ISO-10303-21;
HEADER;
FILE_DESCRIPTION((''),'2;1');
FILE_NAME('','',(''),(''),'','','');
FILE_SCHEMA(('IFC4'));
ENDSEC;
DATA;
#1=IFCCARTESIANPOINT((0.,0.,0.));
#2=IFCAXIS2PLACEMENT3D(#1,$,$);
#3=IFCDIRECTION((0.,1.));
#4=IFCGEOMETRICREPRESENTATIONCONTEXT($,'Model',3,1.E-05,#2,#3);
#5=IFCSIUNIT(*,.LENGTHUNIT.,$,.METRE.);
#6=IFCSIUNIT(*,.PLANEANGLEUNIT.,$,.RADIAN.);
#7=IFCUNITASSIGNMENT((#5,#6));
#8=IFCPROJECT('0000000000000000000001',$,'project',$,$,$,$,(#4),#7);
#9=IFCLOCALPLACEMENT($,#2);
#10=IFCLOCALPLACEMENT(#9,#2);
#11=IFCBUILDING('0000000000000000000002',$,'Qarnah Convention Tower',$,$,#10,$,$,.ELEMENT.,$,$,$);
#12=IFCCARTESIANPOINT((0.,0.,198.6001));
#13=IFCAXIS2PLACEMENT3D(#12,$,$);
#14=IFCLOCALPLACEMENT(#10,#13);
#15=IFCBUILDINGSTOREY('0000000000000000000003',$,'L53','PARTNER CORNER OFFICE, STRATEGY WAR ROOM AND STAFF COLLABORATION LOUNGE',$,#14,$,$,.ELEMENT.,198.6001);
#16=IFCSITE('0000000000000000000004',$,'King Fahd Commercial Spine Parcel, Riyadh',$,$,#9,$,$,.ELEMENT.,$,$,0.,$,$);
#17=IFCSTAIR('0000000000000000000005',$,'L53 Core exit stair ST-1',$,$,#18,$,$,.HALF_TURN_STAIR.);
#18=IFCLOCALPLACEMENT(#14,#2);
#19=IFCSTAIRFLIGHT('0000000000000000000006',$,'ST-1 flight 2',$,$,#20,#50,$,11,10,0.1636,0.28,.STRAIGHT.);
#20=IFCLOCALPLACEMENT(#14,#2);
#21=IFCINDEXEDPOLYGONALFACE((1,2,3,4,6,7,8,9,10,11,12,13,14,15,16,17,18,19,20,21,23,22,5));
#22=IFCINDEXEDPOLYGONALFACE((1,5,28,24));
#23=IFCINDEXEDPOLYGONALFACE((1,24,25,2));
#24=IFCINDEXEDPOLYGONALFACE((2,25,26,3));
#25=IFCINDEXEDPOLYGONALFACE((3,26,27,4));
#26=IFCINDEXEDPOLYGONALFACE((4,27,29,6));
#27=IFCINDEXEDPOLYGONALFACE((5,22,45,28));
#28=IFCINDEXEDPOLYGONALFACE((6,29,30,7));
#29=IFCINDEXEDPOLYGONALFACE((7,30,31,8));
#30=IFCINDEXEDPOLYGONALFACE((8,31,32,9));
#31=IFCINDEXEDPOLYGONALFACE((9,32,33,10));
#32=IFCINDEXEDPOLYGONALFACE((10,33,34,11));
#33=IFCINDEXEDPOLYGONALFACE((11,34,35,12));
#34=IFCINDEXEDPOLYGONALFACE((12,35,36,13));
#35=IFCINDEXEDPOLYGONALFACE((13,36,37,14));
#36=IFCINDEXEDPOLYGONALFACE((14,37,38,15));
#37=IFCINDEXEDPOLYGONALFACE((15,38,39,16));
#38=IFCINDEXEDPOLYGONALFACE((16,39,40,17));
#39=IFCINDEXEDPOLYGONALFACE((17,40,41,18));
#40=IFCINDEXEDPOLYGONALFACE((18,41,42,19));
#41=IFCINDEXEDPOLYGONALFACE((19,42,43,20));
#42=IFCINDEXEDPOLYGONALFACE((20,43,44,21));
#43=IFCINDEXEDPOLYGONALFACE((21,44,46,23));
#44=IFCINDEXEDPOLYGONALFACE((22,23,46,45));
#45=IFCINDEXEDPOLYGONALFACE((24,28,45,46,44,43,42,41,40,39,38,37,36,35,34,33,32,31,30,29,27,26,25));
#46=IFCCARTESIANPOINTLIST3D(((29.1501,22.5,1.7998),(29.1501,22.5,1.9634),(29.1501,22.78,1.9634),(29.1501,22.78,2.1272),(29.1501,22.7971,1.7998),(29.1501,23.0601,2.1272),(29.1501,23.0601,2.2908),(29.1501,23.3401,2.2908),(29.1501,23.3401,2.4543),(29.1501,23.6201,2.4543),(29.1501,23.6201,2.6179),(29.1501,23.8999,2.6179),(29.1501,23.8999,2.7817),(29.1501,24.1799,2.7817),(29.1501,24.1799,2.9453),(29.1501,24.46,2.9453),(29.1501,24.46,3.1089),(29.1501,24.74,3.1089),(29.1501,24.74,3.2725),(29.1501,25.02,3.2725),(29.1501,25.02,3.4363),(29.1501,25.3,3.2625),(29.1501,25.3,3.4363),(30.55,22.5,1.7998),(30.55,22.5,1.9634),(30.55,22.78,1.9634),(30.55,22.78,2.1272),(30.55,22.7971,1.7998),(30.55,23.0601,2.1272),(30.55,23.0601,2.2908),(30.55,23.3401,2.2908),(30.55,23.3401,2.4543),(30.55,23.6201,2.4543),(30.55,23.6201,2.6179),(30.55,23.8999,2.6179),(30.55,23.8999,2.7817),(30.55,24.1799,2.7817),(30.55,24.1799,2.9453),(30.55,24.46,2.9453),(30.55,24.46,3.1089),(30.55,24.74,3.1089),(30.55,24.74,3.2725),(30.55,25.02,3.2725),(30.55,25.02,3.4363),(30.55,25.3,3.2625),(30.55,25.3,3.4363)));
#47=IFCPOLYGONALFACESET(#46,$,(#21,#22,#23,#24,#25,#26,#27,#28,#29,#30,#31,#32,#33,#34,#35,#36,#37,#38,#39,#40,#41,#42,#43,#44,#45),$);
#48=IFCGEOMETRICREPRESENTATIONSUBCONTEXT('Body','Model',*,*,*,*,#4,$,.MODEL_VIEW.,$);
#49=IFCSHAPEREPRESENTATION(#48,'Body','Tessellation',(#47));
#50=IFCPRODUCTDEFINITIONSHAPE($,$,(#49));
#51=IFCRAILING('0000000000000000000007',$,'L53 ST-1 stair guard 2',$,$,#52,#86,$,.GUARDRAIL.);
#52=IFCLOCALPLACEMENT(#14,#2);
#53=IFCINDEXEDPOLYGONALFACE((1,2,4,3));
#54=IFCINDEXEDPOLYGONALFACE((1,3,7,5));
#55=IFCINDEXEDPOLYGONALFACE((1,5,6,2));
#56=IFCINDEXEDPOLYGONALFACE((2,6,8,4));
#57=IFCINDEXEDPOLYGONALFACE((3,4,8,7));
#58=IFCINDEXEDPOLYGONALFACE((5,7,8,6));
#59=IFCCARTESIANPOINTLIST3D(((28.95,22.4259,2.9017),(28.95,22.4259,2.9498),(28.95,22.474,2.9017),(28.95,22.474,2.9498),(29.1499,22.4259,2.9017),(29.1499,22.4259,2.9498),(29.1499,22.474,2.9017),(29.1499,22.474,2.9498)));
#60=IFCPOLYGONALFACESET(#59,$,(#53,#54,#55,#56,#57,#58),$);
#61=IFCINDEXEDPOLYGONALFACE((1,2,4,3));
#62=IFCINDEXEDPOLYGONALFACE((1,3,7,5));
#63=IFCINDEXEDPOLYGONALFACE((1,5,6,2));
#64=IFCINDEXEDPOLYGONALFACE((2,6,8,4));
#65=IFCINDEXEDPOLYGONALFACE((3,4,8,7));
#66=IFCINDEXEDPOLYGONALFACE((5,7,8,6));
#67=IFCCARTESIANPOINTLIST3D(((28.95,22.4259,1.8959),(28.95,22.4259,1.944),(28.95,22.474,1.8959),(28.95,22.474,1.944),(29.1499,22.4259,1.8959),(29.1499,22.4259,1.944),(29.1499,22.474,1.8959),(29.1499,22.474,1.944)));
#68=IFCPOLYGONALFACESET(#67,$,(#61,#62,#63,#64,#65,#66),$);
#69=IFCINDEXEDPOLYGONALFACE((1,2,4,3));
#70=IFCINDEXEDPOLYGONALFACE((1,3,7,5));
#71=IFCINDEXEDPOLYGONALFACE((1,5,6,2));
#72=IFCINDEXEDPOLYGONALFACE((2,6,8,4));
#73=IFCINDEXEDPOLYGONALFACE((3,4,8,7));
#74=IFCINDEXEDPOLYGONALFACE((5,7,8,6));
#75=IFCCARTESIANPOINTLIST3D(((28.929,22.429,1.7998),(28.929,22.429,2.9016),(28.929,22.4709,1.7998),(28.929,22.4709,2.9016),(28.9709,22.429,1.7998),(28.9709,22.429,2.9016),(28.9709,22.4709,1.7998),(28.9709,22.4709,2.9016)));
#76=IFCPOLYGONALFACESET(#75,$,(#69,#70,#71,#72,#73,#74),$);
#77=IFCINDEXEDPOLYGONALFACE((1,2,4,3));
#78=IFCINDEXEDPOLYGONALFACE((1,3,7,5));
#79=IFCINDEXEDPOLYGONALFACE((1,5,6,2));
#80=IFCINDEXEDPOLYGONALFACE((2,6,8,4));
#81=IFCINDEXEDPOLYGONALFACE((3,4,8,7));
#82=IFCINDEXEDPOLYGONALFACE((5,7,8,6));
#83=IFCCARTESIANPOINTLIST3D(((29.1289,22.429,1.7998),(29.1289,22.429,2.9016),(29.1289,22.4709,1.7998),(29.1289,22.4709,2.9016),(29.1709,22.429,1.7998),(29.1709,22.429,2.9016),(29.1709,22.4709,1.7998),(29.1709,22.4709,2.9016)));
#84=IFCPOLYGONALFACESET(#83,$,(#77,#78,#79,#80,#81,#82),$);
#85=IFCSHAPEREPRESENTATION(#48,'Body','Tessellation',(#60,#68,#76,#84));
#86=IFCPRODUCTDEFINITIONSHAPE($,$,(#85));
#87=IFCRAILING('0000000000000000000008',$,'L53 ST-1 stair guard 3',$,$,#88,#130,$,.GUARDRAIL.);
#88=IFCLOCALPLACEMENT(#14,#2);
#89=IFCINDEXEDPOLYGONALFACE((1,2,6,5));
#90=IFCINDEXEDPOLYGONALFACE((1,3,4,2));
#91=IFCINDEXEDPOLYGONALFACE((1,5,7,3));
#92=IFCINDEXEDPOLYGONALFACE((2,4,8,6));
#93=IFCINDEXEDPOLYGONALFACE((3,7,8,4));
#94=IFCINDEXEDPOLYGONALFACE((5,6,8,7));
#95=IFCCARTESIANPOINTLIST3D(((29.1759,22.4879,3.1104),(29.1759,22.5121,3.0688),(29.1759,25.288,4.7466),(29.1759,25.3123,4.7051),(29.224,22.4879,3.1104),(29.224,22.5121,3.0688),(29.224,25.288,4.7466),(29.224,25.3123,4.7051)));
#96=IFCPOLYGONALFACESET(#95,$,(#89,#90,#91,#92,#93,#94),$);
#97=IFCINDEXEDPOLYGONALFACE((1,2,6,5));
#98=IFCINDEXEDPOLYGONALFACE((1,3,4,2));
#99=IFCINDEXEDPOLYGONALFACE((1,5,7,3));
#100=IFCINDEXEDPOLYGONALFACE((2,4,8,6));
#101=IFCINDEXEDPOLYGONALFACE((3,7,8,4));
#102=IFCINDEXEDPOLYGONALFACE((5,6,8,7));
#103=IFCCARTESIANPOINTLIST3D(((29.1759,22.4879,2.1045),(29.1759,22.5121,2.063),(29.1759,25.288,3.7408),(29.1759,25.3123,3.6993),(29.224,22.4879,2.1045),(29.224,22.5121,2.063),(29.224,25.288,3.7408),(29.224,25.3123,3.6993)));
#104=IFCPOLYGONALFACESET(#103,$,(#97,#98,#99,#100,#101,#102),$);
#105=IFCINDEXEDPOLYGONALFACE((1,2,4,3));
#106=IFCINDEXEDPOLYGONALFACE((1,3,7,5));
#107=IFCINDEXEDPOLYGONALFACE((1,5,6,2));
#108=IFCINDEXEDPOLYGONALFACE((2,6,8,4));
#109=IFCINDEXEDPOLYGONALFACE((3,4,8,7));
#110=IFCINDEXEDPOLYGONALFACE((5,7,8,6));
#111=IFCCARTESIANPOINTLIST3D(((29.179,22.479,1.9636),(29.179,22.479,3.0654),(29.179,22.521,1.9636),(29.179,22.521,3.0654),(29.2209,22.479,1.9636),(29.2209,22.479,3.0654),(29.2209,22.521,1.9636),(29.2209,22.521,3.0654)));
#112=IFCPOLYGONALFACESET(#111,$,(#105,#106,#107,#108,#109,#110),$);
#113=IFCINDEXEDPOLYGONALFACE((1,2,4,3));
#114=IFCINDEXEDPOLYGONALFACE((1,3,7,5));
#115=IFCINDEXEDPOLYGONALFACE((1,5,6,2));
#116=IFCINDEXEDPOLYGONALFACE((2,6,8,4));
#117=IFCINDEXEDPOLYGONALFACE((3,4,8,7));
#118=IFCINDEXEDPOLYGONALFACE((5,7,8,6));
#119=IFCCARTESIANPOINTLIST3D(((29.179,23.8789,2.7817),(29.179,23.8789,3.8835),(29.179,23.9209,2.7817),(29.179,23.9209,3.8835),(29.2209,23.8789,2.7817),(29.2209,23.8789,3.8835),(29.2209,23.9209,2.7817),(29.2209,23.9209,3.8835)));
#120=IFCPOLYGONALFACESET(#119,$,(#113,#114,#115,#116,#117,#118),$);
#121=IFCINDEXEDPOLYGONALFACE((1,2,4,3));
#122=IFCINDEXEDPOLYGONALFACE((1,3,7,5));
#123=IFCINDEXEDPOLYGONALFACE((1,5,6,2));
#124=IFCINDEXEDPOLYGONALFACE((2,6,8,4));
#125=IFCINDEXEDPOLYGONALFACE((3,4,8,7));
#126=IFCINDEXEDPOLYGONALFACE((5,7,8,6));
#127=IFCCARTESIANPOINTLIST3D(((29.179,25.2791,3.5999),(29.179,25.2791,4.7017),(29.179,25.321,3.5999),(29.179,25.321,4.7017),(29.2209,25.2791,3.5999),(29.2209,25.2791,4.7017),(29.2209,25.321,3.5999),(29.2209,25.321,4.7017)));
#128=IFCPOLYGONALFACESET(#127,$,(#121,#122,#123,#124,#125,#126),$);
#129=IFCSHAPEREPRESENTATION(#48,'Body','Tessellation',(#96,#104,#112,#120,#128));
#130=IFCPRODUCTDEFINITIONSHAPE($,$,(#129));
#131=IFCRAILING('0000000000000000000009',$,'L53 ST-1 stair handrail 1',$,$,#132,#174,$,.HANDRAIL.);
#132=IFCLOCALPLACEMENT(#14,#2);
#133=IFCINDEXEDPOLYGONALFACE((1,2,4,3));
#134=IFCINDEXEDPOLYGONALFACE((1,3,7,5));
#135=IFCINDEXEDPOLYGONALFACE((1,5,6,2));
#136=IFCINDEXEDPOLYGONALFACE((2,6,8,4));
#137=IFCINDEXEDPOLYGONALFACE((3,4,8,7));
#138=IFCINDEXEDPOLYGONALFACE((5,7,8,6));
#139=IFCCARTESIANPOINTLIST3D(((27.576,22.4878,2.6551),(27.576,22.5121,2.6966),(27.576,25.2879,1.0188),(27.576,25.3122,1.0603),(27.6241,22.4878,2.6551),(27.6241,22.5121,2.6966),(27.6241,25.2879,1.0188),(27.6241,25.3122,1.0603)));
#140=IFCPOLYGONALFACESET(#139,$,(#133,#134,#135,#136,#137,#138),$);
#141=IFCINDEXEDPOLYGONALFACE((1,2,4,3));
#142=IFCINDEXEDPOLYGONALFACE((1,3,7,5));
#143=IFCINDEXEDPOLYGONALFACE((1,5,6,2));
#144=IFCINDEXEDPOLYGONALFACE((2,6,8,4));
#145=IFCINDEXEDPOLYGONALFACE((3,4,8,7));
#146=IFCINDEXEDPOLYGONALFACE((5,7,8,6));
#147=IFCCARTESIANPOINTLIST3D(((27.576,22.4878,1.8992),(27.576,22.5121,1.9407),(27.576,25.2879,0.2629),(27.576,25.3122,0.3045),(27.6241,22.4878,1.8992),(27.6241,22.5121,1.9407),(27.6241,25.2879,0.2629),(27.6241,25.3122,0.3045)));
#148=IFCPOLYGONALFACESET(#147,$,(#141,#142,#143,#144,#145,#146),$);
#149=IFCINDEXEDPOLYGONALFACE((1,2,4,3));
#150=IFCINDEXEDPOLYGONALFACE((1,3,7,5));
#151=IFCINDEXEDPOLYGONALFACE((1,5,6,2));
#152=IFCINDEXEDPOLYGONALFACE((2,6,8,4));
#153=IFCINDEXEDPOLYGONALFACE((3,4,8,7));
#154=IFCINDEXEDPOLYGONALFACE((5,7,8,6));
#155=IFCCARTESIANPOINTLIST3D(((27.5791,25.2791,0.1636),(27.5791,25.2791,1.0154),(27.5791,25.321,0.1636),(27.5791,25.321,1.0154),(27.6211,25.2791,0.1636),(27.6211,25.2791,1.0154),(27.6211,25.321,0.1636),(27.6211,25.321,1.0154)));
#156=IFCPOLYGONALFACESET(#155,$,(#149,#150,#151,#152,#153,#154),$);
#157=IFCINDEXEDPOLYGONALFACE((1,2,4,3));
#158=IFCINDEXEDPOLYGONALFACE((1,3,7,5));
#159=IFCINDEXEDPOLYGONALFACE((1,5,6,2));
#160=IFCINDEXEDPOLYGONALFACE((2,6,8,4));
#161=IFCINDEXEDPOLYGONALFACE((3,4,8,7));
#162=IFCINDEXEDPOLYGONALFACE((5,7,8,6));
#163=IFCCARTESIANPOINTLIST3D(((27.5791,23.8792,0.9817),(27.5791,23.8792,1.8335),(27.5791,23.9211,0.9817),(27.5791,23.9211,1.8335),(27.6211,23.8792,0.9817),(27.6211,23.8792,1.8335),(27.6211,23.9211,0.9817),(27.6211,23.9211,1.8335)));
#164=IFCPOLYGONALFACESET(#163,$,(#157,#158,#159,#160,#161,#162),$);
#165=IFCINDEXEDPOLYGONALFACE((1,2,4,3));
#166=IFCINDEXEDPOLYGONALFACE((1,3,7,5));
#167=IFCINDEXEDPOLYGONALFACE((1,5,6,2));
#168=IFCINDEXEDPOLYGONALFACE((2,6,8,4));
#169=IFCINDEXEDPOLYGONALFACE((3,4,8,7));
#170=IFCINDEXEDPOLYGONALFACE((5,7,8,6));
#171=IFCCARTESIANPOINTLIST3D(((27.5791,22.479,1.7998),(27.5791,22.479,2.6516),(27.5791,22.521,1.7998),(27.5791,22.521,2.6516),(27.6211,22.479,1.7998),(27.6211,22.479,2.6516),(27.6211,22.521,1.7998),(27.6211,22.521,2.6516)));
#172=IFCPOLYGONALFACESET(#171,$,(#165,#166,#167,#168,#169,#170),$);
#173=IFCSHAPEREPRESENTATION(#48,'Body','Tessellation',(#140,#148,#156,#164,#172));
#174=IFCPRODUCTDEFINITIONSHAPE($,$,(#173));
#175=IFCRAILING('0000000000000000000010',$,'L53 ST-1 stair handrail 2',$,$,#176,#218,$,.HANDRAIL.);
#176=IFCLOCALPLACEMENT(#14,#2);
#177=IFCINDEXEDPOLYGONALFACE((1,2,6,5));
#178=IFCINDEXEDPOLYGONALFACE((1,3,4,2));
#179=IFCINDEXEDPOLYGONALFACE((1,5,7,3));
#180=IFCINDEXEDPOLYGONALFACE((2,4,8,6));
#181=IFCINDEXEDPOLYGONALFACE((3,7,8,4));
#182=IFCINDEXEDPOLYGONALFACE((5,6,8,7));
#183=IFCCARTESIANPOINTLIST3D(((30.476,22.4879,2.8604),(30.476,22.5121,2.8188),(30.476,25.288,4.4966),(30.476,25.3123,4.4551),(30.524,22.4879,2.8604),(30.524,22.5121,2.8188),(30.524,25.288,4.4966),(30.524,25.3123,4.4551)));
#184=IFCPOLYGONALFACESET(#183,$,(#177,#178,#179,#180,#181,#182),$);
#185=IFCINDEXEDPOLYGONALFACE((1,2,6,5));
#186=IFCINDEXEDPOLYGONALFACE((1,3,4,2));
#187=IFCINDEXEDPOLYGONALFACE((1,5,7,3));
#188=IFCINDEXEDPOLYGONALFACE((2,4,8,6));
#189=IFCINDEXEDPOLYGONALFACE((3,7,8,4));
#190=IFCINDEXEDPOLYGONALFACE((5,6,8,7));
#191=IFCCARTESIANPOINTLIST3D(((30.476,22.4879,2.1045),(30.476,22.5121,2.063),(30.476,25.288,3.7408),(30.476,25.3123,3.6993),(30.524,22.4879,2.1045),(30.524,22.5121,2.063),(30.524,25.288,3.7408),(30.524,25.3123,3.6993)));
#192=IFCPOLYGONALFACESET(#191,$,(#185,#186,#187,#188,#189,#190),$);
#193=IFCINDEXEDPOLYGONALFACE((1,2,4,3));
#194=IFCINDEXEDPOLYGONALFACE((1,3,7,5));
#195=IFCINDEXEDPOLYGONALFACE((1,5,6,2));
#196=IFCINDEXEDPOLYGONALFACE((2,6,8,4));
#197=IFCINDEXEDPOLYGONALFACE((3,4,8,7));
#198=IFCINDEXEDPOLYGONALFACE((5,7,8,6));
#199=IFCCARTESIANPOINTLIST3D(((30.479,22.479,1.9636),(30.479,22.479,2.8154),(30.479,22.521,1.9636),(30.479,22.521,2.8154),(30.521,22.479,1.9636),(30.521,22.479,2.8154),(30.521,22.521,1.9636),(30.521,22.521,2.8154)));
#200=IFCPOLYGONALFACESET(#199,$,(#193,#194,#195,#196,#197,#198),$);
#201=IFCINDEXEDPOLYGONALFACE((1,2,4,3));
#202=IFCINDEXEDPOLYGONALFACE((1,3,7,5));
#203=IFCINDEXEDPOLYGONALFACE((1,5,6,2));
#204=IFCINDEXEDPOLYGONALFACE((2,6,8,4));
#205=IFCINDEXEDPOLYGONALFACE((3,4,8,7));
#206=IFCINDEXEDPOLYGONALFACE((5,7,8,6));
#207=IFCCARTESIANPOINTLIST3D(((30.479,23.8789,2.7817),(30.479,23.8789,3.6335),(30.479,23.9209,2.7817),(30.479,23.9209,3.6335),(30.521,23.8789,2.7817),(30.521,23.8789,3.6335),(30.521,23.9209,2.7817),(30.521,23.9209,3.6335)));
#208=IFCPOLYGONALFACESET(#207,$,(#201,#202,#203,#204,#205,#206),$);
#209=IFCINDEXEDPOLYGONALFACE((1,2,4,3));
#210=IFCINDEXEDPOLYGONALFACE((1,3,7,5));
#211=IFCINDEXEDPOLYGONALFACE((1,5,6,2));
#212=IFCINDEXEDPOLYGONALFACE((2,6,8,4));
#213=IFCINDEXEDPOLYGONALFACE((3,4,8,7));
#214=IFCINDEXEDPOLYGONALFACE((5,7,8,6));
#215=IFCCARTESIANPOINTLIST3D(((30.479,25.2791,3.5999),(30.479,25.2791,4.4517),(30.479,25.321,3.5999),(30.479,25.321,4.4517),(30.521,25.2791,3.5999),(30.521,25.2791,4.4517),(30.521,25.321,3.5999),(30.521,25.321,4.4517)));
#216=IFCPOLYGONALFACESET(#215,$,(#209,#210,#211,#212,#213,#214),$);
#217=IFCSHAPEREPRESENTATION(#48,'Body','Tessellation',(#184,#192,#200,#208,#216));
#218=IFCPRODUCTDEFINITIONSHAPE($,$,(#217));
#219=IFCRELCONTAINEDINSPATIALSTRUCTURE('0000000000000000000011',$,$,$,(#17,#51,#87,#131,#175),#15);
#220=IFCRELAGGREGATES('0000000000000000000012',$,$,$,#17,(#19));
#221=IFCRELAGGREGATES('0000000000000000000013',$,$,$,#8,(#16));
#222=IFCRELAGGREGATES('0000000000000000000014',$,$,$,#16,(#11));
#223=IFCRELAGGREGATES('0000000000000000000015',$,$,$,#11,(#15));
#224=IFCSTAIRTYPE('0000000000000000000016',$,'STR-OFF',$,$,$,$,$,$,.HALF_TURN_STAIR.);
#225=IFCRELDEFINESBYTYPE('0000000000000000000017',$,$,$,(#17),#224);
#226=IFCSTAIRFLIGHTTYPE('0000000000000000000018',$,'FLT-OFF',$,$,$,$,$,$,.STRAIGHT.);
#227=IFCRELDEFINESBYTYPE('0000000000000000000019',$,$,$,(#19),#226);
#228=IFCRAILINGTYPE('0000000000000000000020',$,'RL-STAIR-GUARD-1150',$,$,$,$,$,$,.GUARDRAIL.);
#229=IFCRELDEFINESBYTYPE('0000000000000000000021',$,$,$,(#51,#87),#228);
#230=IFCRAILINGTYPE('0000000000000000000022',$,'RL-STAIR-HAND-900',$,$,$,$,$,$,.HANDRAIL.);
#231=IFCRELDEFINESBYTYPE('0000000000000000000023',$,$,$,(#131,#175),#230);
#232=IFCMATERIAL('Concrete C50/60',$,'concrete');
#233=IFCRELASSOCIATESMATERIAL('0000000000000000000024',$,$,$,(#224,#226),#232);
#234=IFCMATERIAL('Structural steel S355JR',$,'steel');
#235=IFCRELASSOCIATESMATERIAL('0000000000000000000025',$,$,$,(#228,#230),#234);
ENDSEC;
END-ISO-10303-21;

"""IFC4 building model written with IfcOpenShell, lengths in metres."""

from ifc_helpers import new_model, si_unit, direction, frame, origin, origin_2d, place, context, subcontext, project, spatial, polyline, rectangle, outline, extrude, material, type_object, element, aggregate, save


model = new_model("IFC4")

# Units and contexts
model_context = context("Model", 3, precision=1e-05, world=origin(), true_north=direction((0.0, 1.0)))
body_context = subcontext(model_context, "Body", "Model", "MODEL_VIEW")
ifc_project = project(units=[si_unit("LENGTHUNIT", "METRE"), si_unit("PLANEANGLEUNIT", "RADIAN")], contexts=[model_context])

# Site, building, storey
site_placement = place(None, origin())
site = spatial("IfcSite", under=ifc_project, at=site_placement, Name="King Fahd Commercial Spine Parcel, Riyadh", CompositionType="ELEMENT", RefElevation=0.0)
building_placement = place(site_placement, origin())
building = spatial("IfcBuilding", under=site, at=building_placement, Name="Qarnah Convention Tower", CompositionType="ELEMENT")
storey_placement = place(building_placement, frame((0.0, 0.0, 198.6001)))
storey = spatial("IfcBuildingStorey", under=building, at=storey_placement, Name="L53", Description="PARTNER CORNER OFFICE, STRATEGY WAR ROOM AND STAFF COLLABORATION LOUNGE", CompositionType="ELEMENT", Elevation=198.6001)

# Shared definitions
ifc_material_1 = material(Name="Structural steel S355JR", Category="steel")

# Stair, stair flight
ifc_material_2 = material(Name="Concrete C50/60", Category="concrete")
stair_type = type_object("IfcStairType", Name="STR-OFF", PredefinedType="HALF_TURN_STAIR", material=ifc_material_2)
stair_placement = place(storey_placement, origin())
stair = element("IfcStair", 1, at=stair_placement, inside=storey, type_object=stair_type, Name="L53 Core exit stair ST-1", PredefinedType="HALF_TURN_STAIR")
stair_flight_type = type_object("IfcStairFlightType", Name="FLT-OFF", PredefinedType="STRAIGHT", material=ifc_material_2)
stair_flight_placement = place(storey_placement, frame((29.8501, 22.5, 1.7998), z_axis=(0.0, 0.0, 1.0), x_axis=(0.0, 1.0, 0.0)))
stair_flight = element("IfcStairFlight", 2, at=stair_flight_placement, type_object=stair_flight_type, Name="ST-1 flight 2", NumberOfRisers=11, NumberOfTreads=10, PredefinedType="STRAIGHT", RiserHeight=0.1636, TreadLength=0.28, context=body_context, shape_type="SweptSolid", body=[
    extrude(outline(polyline([(0.0, 0.0), (0.0, 0.1636), (0.28, 0.1636), (0.28, 0.3274), (0.5601, 0.3274), (0.5601, 0.491), (0.8401, 0.491), (0.8401, 0.6545), (1.1201, 0.6545), (1.1201, 0.8181), (1.3999, 0.8181), (1.3999, 0.9819), (1.6799, 0.9819), (1.6799, 1.1455), (1.96, 1.1455), (1.96, 1.3091), (2.24, 1.3091), (2.24, 1.4727), (2.52, 1.4727), (2.52, 1.6365), (2.8, 1.6365), (2.8, 1.8), (2.8, 1.4626), (0.2971, 0.0), (0.0, 0.0)])), frame((0.0, 0.7, 0.0), z_axis=(0.0, -1.0, 0.0), x_axis=(1.0, 0.0, 0.0)), (0.0, 0.0, 1.0), 1.3999),
])
aggregate(stair, [stair_flight])

# Railings
railing_type_1 = type_object("IfcRailingType", Name="RL-STAIR-GUARD-1150", PredefinedType="GUARDRAIL", material=ifc_material_1)
railing_1_placement = place(storey_placement, frame((28.95, 22.45, 1.7998)))
element("IfcRailing", 3, at=railing_1_placement, inside=storey, type_object=railing_type_1, Name="L53 ST-1 stair guard 2", PredefinedType="GUARDRAIL", context=body_context, shape_type="SweptSolid", body=[
    extrude(rectangle(XDim=0.0481, YDim=0.0481, at=origin_2d()), frame((0.0, 0.0, 1.126), z_axis=(1.0, 0.0, 0.0), x_axis=(0.0, 1.0, 0.0)), (0.0, 0.0, 1.0), 0.2),
    extrude(rectangle(XDim=0.0481, YDim=0.0481, at=origin_2d()), frame((0.0, 0.0, 0.1201), z_axis=(1.0, 0.0, 0.0), x_axis=(0.0, 1.0, 0.0)), (0.0, 0.0, 1.0), 0.2),
    extrude(rectangle(XDim=0.042, YDim=0.042, at=origin_2d()), origin(), (0.0, 0.0, 1.0), 1.1018),
    extrude(rectangle(XDim=0.042, YDim=0.042, at=origin_2d()), frame((0.2, 0.0, 0.0)), (0.0, 0.0, 1.0), 1.1018),
])
railing_2_placement = place(storey_placement, frame((29.2, 22.5, 1.9636)))
element("IfcRailing", 4, at=railing_2_placement, inside=storey, type_object=railing_type_1, Name="L53 ST-1 stair guard 3", PredefinedType="GUARDRAIL", context=body_context, shape_type="SweptSolid", body=[
    extrude(rectangle(XDim=0.0481, YDim=0.0481, at=origin_2d()), frame((0.0, 0.0, 1.126), z_axis=(0.0, 0.863394, 0.504531), x_axis=(-1.0, 0.0, 0.0)), (0.0, 0.0, 1.0), 3.2432),
    extrude(rectangle(XDim=0.0481, YDim=0.0481, at=origin_2d()), frame((0.0, 0.0, 0.1201), z_axis=(0.0, 0.863394, 0.504531), x_axis=(-1.0, 0.0, 0.0)), (0.0, 0.0, 1.0), 3.2432),
    extrude(rectangle(XDim=0.042, YDim=0.042, at=origin_2d()), origin(), (0.0, 0.0, 1.0), 1.1018),
    extrude(rectangle(XDim=0.042, YDim=0.042, at=origin_2d()), frame((0.0, 1.3999, 0.8181)), (0.0, 0.0, 1.0), 1.1018),
    extrude(rectangle(XDim=0.042, YDim=0.042, at=origin_2d()), frame((0.0, 2.8, 1.6362)), (0.0, 0.0, 1.0), 1.1018),
])
railing_type_2 = type_object("IfcRailingType", Name="RL-STAIR-HAND-900", PredefinedType="HANDRAIL", material=ifc_material_1)
railing_3_placement = place(storey_placement, frame((27.6001, 25.3, 0.1636)))
element("IfcRailing", 5, at=railing_3_placement, inside=storey, type_object=railing_type_2, Name="L53 ST-1 stair handrail 1", PredefinedType="HANDRAIL", context=body_context, shape_type="SweptSolid", body=[
    extrude(rectangle(XDim=0.0481, YDim=0.0481, at=origin_2d()), frame((0.0, 0.0, 0.876), z_axis=(0.0, -0.863394, 0.504531), x_axis=(1.0, 0.0, 0.0)), (0.0, 0.0, 1.0), 3.2432),
    extrude(rectangle(XDim=0.0481, YDim=0.0481, at=origin_2d()), frame((0.0, 0.0, 0.1201), z_axis=(0.0, -0.863394, 0.504531), x_axis=(1.0, 0.0, 0.0)), (0.0, 0.0, 1.0), 3.2432),
    extrude(rectangle(XDim=0.042, YDim=0.042, at=origin_2d()), origin(), (0.0, 0.0, 1.0), 0.8518),
    extrude(rectangle(XDim=0.042, YDim=0.042, at=origin_2d()), frame((0.0, -1.3999, 0.8181)), (0.0, 0.0, 1.0), 0.8518),
    extrude(rectangle(XDim=0.042, YDim=0.042, at=origin_2d()), frame((0.0, -2.8, 1.6362)), (0.0, 0.0, 1.0), 0.8518),
])
railing_4_placement = place(storey_placement, frame((30.5, 22.5, 1.9636)))
element("IfcRailing", 6, at=railing_4_placement, inside=storey, type_object=railing_type_2, Name="L53 ST-1 stair handrail 2", PredefinedType="HANDRAIL", context=body_context, shape_type="SweptSolid", body=[
    extrude(rectangle(XDim=0.0481, YDim=0.0481, at=origin_2d()), frame((0.0, 0.0, 0.876), z_axis=(0.0, 0.863394, 0.504531), x_axis=(-1.0, 0.0, 0.0)), (0.0, 0.0, 1.0), 3.2432),
    extrude(rectangle(XDim=0.0481, YDim=0.0481, at=origin_2d()), frame((0.0, 0.0, 0.1201), z_axis=(0.0, 0.863394, 0.504531), x_axis=(-1.0, 0.0, 0.0)), (0.0, 0.0, 1.0), 3.2432),
    extrude(rectangle(XDim=0.042, YDim=0.042, at=origin_2d()), origin(), (0.0, 0.0, 1.0), 0.8518),
    extrude(rectangle(XDim=0.042, YDim=0.042, at=origin_2d()), frame((0.0, 1.3999, 0.8181)), (0.0, 0.0, 1.0), 0.8518),
    extrude(rectangle(XDim=0.042, YDim=0.042, at=origin_2d()), frame((0.0, 2.8, 1.6362)), (0.0, 0.0, 1.0), 0.8518),
])

save(model, "model.ifc")
